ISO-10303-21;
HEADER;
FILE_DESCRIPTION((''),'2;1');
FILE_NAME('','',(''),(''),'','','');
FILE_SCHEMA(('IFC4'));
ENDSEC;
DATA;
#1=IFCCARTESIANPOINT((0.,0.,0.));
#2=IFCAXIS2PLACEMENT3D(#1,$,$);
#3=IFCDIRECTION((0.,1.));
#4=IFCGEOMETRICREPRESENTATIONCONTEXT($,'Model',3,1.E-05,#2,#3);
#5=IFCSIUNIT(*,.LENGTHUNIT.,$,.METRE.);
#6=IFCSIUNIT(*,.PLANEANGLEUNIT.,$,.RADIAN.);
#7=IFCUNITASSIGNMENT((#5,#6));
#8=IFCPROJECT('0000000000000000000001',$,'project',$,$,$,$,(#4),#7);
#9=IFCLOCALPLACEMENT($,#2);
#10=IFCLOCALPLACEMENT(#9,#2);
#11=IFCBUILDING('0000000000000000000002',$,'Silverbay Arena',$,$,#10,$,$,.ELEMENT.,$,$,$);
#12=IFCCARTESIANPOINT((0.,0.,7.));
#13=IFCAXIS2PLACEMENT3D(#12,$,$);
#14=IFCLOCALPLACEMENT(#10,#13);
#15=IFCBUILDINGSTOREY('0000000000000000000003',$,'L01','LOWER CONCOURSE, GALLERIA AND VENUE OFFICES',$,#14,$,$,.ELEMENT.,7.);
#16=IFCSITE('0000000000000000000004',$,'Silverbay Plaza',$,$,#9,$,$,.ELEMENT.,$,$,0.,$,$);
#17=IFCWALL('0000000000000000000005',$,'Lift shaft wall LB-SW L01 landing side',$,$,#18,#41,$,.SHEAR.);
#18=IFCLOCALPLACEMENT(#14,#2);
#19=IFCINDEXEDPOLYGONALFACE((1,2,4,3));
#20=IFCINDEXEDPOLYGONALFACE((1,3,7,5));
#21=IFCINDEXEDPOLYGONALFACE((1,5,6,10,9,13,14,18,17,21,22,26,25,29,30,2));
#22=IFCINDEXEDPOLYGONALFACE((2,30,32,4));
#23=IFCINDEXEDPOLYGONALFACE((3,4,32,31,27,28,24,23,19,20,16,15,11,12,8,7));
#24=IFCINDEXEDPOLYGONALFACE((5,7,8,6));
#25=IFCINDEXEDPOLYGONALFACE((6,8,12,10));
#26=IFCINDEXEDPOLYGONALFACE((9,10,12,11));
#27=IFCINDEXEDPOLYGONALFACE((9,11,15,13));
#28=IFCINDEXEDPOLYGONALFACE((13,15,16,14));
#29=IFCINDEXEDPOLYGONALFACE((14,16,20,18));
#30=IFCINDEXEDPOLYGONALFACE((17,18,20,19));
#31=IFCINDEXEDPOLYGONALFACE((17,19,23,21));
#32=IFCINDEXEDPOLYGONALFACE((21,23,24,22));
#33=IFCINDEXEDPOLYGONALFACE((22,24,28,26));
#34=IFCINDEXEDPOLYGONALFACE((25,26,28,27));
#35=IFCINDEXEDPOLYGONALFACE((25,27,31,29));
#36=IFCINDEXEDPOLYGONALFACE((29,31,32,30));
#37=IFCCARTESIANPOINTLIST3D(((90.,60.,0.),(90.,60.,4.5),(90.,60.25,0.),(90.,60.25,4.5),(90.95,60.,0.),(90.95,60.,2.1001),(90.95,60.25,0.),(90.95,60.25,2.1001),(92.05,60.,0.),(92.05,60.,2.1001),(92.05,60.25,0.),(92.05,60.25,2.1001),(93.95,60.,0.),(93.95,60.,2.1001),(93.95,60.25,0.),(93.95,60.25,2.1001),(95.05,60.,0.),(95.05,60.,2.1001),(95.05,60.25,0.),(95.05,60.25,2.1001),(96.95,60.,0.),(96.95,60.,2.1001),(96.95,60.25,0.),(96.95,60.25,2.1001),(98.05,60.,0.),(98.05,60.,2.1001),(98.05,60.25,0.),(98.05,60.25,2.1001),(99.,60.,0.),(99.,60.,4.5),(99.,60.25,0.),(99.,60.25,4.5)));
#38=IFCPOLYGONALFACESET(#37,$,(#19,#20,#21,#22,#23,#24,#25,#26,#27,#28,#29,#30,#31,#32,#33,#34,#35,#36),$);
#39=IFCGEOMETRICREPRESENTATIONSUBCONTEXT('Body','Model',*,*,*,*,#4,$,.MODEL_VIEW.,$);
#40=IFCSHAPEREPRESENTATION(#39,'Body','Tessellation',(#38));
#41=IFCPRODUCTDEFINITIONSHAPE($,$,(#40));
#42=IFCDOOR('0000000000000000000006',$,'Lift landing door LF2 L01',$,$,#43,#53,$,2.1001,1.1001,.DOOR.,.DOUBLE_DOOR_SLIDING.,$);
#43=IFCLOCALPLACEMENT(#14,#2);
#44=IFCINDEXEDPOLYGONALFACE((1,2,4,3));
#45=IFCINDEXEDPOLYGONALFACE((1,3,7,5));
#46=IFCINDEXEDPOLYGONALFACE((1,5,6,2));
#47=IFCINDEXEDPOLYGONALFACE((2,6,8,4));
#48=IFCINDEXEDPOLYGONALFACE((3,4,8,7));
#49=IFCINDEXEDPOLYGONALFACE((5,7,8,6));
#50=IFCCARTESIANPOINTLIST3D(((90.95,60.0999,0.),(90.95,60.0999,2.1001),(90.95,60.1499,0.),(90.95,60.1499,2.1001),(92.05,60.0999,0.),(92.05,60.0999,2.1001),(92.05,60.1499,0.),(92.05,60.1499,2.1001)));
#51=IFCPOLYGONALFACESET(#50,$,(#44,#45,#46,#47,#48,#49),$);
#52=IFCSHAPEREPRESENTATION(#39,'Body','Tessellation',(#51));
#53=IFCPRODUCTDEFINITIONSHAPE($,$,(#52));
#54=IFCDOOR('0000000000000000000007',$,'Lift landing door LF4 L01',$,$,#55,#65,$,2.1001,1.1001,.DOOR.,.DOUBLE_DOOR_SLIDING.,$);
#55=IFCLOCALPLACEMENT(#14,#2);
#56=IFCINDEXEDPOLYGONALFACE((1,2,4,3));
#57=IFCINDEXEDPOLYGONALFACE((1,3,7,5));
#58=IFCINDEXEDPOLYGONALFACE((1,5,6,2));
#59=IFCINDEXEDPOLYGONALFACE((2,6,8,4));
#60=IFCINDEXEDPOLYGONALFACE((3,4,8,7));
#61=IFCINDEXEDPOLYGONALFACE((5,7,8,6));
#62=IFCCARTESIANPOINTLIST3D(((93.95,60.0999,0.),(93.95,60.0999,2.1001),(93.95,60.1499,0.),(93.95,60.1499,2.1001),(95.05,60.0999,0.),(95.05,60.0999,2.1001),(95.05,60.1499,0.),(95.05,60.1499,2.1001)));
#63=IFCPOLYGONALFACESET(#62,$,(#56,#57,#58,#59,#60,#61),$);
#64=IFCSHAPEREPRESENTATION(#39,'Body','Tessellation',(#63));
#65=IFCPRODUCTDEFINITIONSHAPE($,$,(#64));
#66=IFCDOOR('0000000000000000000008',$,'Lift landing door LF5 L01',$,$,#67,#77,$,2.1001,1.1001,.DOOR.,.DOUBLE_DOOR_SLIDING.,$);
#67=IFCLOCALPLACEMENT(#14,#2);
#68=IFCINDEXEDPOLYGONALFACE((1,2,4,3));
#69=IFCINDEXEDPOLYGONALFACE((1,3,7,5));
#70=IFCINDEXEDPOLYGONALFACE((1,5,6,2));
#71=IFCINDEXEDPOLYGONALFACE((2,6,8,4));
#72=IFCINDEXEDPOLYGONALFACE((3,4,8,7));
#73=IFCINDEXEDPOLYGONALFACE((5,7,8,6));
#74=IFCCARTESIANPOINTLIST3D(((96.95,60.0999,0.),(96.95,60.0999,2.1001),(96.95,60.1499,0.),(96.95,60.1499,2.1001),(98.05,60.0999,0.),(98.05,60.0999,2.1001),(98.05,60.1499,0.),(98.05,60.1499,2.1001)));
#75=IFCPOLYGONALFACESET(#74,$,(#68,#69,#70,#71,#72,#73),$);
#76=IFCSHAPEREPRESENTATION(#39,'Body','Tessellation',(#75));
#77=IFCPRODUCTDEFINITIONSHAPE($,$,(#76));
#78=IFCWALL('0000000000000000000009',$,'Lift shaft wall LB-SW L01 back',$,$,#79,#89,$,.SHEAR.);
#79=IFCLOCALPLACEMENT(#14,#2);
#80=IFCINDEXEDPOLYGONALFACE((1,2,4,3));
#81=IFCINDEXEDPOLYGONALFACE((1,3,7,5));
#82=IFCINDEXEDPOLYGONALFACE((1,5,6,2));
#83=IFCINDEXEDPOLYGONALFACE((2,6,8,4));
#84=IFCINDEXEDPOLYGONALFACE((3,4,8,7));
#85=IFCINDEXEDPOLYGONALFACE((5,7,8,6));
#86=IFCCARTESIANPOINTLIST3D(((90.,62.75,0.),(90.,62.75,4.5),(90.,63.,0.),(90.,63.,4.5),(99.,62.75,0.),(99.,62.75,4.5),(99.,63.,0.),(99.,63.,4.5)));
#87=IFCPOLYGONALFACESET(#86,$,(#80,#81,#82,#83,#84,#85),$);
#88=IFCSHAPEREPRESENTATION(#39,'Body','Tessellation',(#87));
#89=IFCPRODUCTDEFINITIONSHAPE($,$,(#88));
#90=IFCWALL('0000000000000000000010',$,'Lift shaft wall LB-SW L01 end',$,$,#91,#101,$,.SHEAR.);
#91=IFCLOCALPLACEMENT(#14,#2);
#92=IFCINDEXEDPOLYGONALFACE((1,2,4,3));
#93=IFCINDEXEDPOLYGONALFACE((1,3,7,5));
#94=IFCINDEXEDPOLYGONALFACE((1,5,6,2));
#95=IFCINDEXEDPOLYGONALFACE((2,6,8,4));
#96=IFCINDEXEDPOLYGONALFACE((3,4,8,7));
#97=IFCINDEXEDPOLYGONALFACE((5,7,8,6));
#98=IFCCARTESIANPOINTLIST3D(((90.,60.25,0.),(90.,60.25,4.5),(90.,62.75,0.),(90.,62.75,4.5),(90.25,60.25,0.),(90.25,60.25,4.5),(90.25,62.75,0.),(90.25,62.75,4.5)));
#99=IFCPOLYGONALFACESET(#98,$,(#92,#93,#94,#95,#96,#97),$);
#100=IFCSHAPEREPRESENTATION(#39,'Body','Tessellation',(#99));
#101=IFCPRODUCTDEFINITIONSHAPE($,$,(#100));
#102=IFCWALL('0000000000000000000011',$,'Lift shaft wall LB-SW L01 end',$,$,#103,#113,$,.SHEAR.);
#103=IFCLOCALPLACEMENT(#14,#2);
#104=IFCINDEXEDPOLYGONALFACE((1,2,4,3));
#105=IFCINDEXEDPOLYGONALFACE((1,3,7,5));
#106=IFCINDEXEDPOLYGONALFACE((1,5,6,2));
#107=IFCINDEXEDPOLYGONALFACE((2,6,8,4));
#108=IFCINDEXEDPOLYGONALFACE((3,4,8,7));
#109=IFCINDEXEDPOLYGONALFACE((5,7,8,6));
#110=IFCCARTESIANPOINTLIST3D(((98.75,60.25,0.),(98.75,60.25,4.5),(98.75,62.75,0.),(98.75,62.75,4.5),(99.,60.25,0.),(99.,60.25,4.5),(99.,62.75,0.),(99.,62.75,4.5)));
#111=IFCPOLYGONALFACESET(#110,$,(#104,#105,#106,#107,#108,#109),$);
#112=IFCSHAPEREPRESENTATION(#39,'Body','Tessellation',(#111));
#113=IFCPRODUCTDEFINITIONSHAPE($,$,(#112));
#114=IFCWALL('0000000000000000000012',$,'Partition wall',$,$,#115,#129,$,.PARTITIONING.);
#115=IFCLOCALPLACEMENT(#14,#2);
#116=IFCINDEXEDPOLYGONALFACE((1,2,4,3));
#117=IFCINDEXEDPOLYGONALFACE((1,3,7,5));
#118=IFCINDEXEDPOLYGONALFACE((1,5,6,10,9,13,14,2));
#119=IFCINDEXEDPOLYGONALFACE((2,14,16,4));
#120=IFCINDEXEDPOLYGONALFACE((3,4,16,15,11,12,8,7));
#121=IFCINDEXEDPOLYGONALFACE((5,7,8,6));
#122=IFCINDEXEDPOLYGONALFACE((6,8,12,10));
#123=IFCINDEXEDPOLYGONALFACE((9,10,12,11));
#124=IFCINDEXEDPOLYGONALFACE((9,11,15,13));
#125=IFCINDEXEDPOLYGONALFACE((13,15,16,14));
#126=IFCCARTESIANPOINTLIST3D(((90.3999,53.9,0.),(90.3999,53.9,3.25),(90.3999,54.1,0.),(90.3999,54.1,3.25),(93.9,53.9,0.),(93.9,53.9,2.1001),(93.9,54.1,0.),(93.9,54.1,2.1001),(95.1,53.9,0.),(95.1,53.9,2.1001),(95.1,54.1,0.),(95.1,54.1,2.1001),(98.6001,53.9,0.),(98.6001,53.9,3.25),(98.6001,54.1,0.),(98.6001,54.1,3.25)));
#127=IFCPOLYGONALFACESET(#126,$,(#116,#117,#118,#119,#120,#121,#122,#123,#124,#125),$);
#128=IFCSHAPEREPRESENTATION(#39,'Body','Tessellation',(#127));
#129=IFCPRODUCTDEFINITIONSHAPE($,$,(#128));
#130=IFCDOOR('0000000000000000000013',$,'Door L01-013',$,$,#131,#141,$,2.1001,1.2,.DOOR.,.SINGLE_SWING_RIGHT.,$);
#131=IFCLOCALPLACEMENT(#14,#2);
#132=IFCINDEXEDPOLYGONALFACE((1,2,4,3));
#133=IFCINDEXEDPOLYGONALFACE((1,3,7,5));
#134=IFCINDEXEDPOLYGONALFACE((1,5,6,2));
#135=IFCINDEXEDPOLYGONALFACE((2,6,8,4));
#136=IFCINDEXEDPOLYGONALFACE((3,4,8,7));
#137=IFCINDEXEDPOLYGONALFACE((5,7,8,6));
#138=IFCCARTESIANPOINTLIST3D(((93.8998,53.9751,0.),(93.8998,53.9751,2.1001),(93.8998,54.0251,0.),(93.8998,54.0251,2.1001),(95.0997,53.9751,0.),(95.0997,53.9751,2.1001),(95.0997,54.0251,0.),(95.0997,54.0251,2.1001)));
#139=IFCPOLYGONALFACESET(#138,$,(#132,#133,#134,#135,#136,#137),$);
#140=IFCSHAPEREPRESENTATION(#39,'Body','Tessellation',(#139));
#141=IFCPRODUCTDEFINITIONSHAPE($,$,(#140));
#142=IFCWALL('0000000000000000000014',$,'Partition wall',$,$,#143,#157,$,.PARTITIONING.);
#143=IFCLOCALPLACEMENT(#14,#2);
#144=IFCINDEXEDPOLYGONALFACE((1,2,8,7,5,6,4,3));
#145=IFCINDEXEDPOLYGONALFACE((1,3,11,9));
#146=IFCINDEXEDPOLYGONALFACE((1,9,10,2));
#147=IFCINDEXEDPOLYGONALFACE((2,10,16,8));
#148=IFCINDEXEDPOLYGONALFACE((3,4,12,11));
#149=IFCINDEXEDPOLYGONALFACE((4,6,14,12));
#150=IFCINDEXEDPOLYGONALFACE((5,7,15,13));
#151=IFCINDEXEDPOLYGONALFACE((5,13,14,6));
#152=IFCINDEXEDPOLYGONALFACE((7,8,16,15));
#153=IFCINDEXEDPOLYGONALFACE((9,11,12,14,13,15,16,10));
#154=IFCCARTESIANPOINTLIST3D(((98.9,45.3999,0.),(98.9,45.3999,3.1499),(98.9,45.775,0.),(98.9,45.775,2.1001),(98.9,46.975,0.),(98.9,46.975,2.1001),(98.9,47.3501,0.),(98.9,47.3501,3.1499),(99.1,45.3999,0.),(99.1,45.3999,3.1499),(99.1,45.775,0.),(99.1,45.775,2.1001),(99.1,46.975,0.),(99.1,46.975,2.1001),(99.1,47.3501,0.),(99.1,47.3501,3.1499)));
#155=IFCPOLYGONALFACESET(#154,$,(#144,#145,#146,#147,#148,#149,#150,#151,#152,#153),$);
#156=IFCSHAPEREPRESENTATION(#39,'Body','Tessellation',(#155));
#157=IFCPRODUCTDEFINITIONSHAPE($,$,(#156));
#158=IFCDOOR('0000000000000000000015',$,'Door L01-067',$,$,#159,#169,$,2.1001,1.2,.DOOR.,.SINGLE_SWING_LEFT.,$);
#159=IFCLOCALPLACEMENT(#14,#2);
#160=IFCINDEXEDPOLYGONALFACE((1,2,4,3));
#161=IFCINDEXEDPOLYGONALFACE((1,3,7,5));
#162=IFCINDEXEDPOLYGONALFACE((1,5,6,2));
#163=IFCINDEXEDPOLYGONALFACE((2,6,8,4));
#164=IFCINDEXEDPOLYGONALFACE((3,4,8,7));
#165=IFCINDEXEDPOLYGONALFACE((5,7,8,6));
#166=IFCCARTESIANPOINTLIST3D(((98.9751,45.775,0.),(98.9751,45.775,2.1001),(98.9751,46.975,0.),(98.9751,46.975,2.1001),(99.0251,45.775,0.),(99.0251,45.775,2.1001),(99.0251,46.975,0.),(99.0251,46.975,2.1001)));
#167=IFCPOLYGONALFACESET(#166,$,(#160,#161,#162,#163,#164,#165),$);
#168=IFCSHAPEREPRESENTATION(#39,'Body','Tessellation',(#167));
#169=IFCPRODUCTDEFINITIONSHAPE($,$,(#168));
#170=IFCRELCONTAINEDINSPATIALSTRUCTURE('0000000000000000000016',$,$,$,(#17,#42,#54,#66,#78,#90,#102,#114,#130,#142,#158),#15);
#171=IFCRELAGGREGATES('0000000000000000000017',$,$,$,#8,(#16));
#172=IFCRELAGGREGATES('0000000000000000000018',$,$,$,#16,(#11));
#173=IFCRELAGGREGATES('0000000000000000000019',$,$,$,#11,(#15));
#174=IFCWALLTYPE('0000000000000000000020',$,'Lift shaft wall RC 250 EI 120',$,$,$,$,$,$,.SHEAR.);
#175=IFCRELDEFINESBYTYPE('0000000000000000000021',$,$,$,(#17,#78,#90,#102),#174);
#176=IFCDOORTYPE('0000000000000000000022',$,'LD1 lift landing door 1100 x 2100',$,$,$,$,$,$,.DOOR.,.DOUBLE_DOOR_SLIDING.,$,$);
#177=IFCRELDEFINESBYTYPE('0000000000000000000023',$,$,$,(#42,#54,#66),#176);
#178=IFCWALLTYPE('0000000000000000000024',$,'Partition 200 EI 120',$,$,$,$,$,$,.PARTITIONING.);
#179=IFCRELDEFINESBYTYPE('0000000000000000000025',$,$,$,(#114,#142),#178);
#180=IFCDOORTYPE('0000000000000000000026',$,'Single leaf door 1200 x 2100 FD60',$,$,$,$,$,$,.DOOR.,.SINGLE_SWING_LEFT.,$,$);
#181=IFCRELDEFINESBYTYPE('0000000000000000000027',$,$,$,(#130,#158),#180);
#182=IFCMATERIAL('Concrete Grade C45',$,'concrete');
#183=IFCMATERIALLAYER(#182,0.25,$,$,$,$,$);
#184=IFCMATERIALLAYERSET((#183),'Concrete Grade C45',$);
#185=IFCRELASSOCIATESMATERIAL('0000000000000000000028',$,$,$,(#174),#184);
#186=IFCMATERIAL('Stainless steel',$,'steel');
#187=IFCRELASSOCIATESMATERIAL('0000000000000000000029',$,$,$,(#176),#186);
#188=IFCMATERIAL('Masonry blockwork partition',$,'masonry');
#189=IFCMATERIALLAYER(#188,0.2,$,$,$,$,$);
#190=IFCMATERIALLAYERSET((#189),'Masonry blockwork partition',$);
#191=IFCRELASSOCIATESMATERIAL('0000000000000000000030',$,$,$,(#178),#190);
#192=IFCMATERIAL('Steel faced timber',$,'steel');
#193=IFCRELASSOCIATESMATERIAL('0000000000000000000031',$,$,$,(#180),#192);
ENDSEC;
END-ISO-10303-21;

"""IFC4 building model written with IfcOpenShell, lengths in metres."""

from ifc_helpers import new_model, si_unit, direction, frame, frame_2d, origin, place, context, subcontext, project, spatial, rectangle, extrude, material, layer, layer_set, type_object, element, fill, save


model = new_model("IFC4")

# Units and contexts
model_context = context("Model", 3, precision=1e-05, world=origin(), true_north=direction((0.0, 1.0)))
body_context = subcontext(model_context, "Body", "Model", "MODEL_VIEW")
ifc_project = project(units=[si_unit("LENGTHUNIT", "METRE"), si_unit("PLANEANGLEUNIT", "RADIAN")], contexts=[model_context])

# Site, building, storey
site_placement = place(None, origin())
site = spatial("IfcSite", under=ifc_project, at=site_placement, Name="Silverbay Plaza", CompositionType="ELEMENT", RefElevation=0.0)
building_placement = place(site_placement, origin())
building = spatial("IfcBuilding", under=site, at=building_placement, Name="Silverbay Arena", CompositionType="ELEMENT")
storey_placement = place(building_placement, frame((0.0, 0.0, 7.0)))
storey = spatial("IfcBuildingStorey", under=building, at=storey_placement, Name="L01", Description="LOWER CONCOURSE, GALLERIA AND VENUE OFFICES", CompositionType="ELEMENT", Elevation=7.0)

# Wall, openings, doors
ifc_material_1 = material(Name="Concrete Grade C45", Category="concrete")
ifc_layer_1 = layer(ifc_material_1, 0.25)
ifc_layer_set_1 = layer_set([ifc_layer_1], Name="Concrete Grade C45")
wall_type_1 = type_object("IfcWallType", Name="Lift shaft wall RC 250 EI 120", PredefinedType="SHEAR", material=ifc_layer_set_1)
wall_1_placement = place(storey_placement, frame((90.0, 60.125, 0.0), z_axis=(0.0, 0.0, 1.0), x_axis=(1.0, 0.0, 0.0)))
wall_1 = element("IfcWall", 1, at=wall_1_placement, inside=storey, type_object=wall_type_1, Name="Lift shaft wall LB-SW L01 landing side", PredefinedType="SHEAR", context=body_context, shape_type="SweptSolid", body=[
    extrude(rectangle(XDim=9.0, YDim=0.25, at=frame_2d((4.5, 0.0))), origin(), (0.0, 0.0, 1.0), 4.5),
])
opening_1_placement = place(wall_1_placement, frame((0.95, 0.0, 0.0)))
opening_1 = element("IfcOpeningElement", 2, at=opening_1_placement, cuts=wall_1, PredefinedType="OPENING", context=body_context, shape_type="SweptSolid", body=[
    extrude(rectangle(XDim=1.1001, YDim=2.1001, at=frame_2d((0.55, 1.05))), frame((0.0, 0.135, 0.0), z_axis=(0.0, -1.0, 0.0), x_axis=(1.0, 0.0, 0.0)), (0.0, 0.0, 1.0), 0.27),
])
opening_2_placement = place(wall_1_placement, frame((3.95, 0.0, 0.0)))
opening_2 = element("IfcOpeningElement", 3, at=opening_2_placement, cuts=wall_1, PredefinedType="OPENING", context=body_context, shape_type="SweptSolid", body=[
    extrude(rectangle(XDim=1.1001, YDim=2.1001, at=frame_2d((0.55, 1.05))), frame((0.0, 0.135, 0.0), z_axis=(0.0, -1.0, 0.0), x_axis=(1.0, 0.0, 0.0)), (0.0, 0.0, 1.0), 0.27),
])
opening_3_placement = place(wall_1_placement, frame((6.95, 0.0, 0.0)))
opening_3 = element("IfcOpeningElement", 4, at=opening_3_placement, cuts=wall_1, PredefinedType="OPENING", context=body_context, shape_type="SweptSolid", body=[
    extrude(rectangle(XDim=1.1001, YDim=2.1001, at=frame_2d((0.55, 1.05))), frame((0.0, 0.135, 0.0), z_axis=(0.0, -1.0, 0.0), x_axis=(1.0, 0.0, 0.0)), (0.0, 0.0, 1.0), 0.27),
])
ifc_material_2 = material(Name="Stainless steel", Category="steel")
door_type_1 = type_object("IfcDoorType", Name="LD1 lift landing door 1100 x 2100", OperationType="DOUBLE_DOOR_SLIDING", PredefinedType="DOOR", material=ifc_material_2)
door_1_placement = place(opening_1_placement, origin())
door_1 = element("IfcDoor", 5, at=door_1_placement, inside=storey, type_object=door_type_1, Name="Lift landing door LF2 L01", OperationType="DOUBLE_DOOR_SLIDING", OverallHeight=2.1001, OverallWidth=1.1001, PredefinedType="DOOR", context=body_context, shape_type="SweptSolid", body=[
    extrude(rectangle(XDim=1.1001, YDim=2.1001, at=frame_2d((0.55, 1.05))), frame((0.0, 0.0249, 0.0), z_axis=(0.0, -1.0, 0.0), x_axis=(1.0, 0.0, 0.0)), (0.0, 0.0, 1.0), 0.05),
])
fill(opening_1, door_1)
door_2_placement = place(opening_2_placement, origin())
door_2 = element("IfcDoor", 6, at=door_2_placement, inside=storey, type_object=door_type_1, Name="Lift landing door LF4 L01", OperationType="DOUBLE_DOOR_SLIDING", OverallHeight=2.1001, OverallWidth=1.1001, PredefinedType="DOOR", context=body_context, shape_type="SweptSolid", body=[
    extrude(rectangle(XDim=1.1001, YDim=2.1001, at=frame_2d((0.55, 1.05))), frame((0.0, 0.0249, 0.0), z_axis=(0.0, -1.0, 0.0), x_axis=(1.0, 0.0, 0.0)), (0.0, 0.0, 1.0), 0.05),
])
fill(opening_2, door_2)
door_3_placement = place(opening_3_placement, origin())
door_3 = element("IfcDoor", 7, at=door_3_placement, inside=storey, type_object=door_type_1, Name="Lift landing door LF5 L01", OperationType="DOUBLE_DOOR_SLIDING", OverallHeight=2.1001, OverallWidth=1.1001, PredefinedType="DOOR", context=body_context, shape_type="SweptSolid", body=[
    extrude(rectangle(XDim=1.1001, YDim=2.1001, at=frame_2d((0.55, 1.05))), frame((0.0, 0.0249, 0.0), z_axis=(0.0, -1.0, 0.0), x_axis=(1.0, 0.0, 0.0)), (0.0, 0.0, 1.0), 0.05),
])
fill(opening_3, door_3)

# Walls
wall_2_placement = place(storey_placement, frame((90.0, 62.875, 0.0), z_axis=(0.0, 0.0, 1.0), x_axis=(1.0, 0.0, 0.0)))
element("IfcWall", 8, at=wall_2_placement, inside=storey, type_object=wall_type_1, Name="Lift shaft wall LB-SW L01 back", PredefinedType="SHEAR", context=body_context, shape_type="SweptSolid", body=[
    extrude(rectangle(XDim=9.0, YDim=0.25, at=frame_2d((4.5, 0.0))), origin(), (0.0, 0.0, 1.0), 4.5),
])
for number, where, z_axis, x_axis, name in (
    (9, (90.125, 60.25, 0.0), (0.0, 0.0, 1.0), (0.0, 1.0, 0.0), "Lift shaft wall LB-SW L01 end"),
    (10, (98.875, 60.25, 0.0), (0.0, 0.0, 1.0), (0.0, 1.0, 0.0), "Lift shaft wall LB-SW L01 end"),
):
    element("IfcWall", number, at=place(storey_placement, frame(where, z_axis=z_axis, x_axis=x_axis)), inside=storey, type_object=wall_type_1, Name=name, PredefinedType="SHEAR", context=body_context, shape_type="SweptSolid", body=[
        extrude(rectangle(XDim=2.5, YDim=0.25, at=frame_2d((1.25, 0.0))), origin(), (0.0, 0.0, 1.0), 4.5),
    ])

# Walls, openings, doors
ifc_material_3 = material(Name="Masonry blockwork partition", Category="masonry")
ifc_layer_2 = layer(ifc_material_3, 0.2)
ifc_layer_set_2 = layer_set([ifc_layer_2], Name="Masonry blockwork partition")
wall_type_2 = type_object("IfcWallType", Name="Partition 200 EI 120", PredefinedType="PARTITIONING", material=ifc_layer_set_2)
wall_3_placement = place(storey_placement, frame((90.3999, 54.0, 0.0), z_axis=(0.0, 0.0, 1.0), x_axis=(1.0, 0.0, 0.0)))
wall_3 = element("IfcWall", 11, at=wall_3_placement, inside=storey, type_object=wall_type_2, Name="Partition wall", PredefinedType="PARTITIONING", context=body_context, shape_type="SweptSolid", body=[
    extrude(rectangle(XDim=8.2002, YDim=0.2, at=frame_2d((4.1001, 0.0))), origin(), (0.0, 0.0, 1.0), 3.25),
])
opening_4_placement = place(wall_3_placement, frame((3.5, 0.0, 0.0)))
opening_4 = element("IfcOpeningElement", 12, at=opening_4_placement, cuts=wall_3, PredefinedType="OPENING", context=body_context, shape_type="SweptSolid", body=[
    extrude(rectangle(XDim=1.2, YDim=2.1001, at=frame_2d((0.6001, 1.05))), frame((0.0, 0.1099, 0.0), z_axis=(0.0, -1.0, 0.0), x_axis=(1.0, 0.0, 0.0)), (0.0, 0.0, 1.0), 0.22),
])
ifc_material_4 = material(Name="Steel faced timber", Category="steel")
door_type_2 = type_object("IfcDoorType", Name="Single leaf door 1200 x 2100 FD60", OperationType="SINGLE_SWING_LEFT", PredefinedType="DOOR", material=ifc_material_4)
door_4_placement = place(opening_4_placement, frame((1.2, 0.0, 0.0), z_axis=(0.0, 0.0, 1.0), x_axis=(-1.0, 0.0, 0.0)))
door_4 = element("IfcDoor", 13, at=door_4_placement, inside=storey, type_object=door_type_2, Name="Door L01-013", OperationType="SINGLE_SWING_RIGHT", OverallHeight=2.1001, OverallWidth=1.2, PredefinedType="DOOR", context=body_context, shape_type="SweptSolid", body=[
    extrude(rectangle(XDim=1.2, YDim=2.1001, at=frame_2d((0.6001, 1.05))), frame((0.0, 0.0249, 0.0), z_axis=(0.0, -1.0, 0.0), x_axis=(1.0, 0.0, 0.0)), (0.0, 0.0, 1.0), 0.05),
])
fill(opening_4, door_4)
wall_4_placement = place(storey_placement, frame((99.0, 45.3999, 0.0), z_axis=(0.0, 0.0, 1.0), x_axis=(0.0, 1.0, 0.0)))
wall_4 = element("IfcWall", 14, at=wall_4_placement, inside=storey, type_object=wall_type_2, Name="Partition wall", PredefinedType="PARTITIONING", context=body_context, shape_type="SweptSolid", body=[
    extrude(rectangle(XDim=1.9502, YDim=0.2, at=frame_2d((0.9751, 0.0))), origin(), (0.0, 0.0, 1.0), 3.1499),
])
opening_5_placement = place(wall_4_placement, frame((0.375, 0.0, 0.0)))
opening_5 = element("IfcOpeningElement", 15, at=opening_5_placement, cuts=wall_4, PredefinedType="OPENING", context=body_context, shape_type="SweptSolid", body=[
    extrude(rectangle(XDim=1.2, YDim=2.1001, at=frame_2d((0.6001, 1.05))), frame((0.0, 0.1099, 0.0), z_axis=(0.0, -1.0, 0.0), x_axis=(1.0, 0.0, 0.0)), (0.0, 0.0, 1.0), 0.22),
])
door_5_placement = place(opening_5_placement, origin())
door_5 = element("IfcDoor", 16, at=door_5_placement, inside=storey, type_object=door_type_2, Name="Door L01-067", OperationType="SINGLE_SWING_LEFT", OverallHeight=2.1001, OverallWidth=1.2, PredefinedType="DOOR", context=body_context, shape_type="SweptSolid", body=[
    extrude(rectangle(XDim=1.2, YDim=2.1001, at=frame_2d((0.6001, 1.05))), frame((0.0, 0.0249, 0.0), z_axis=(0.0, -1.0, 0.0), x_axis=(1.0, 0.0, 0.0)), (0.0, 0.0, 1.0), 0.05),
])
fill(opening_5, door_5)

save(model, "model.ifc")
